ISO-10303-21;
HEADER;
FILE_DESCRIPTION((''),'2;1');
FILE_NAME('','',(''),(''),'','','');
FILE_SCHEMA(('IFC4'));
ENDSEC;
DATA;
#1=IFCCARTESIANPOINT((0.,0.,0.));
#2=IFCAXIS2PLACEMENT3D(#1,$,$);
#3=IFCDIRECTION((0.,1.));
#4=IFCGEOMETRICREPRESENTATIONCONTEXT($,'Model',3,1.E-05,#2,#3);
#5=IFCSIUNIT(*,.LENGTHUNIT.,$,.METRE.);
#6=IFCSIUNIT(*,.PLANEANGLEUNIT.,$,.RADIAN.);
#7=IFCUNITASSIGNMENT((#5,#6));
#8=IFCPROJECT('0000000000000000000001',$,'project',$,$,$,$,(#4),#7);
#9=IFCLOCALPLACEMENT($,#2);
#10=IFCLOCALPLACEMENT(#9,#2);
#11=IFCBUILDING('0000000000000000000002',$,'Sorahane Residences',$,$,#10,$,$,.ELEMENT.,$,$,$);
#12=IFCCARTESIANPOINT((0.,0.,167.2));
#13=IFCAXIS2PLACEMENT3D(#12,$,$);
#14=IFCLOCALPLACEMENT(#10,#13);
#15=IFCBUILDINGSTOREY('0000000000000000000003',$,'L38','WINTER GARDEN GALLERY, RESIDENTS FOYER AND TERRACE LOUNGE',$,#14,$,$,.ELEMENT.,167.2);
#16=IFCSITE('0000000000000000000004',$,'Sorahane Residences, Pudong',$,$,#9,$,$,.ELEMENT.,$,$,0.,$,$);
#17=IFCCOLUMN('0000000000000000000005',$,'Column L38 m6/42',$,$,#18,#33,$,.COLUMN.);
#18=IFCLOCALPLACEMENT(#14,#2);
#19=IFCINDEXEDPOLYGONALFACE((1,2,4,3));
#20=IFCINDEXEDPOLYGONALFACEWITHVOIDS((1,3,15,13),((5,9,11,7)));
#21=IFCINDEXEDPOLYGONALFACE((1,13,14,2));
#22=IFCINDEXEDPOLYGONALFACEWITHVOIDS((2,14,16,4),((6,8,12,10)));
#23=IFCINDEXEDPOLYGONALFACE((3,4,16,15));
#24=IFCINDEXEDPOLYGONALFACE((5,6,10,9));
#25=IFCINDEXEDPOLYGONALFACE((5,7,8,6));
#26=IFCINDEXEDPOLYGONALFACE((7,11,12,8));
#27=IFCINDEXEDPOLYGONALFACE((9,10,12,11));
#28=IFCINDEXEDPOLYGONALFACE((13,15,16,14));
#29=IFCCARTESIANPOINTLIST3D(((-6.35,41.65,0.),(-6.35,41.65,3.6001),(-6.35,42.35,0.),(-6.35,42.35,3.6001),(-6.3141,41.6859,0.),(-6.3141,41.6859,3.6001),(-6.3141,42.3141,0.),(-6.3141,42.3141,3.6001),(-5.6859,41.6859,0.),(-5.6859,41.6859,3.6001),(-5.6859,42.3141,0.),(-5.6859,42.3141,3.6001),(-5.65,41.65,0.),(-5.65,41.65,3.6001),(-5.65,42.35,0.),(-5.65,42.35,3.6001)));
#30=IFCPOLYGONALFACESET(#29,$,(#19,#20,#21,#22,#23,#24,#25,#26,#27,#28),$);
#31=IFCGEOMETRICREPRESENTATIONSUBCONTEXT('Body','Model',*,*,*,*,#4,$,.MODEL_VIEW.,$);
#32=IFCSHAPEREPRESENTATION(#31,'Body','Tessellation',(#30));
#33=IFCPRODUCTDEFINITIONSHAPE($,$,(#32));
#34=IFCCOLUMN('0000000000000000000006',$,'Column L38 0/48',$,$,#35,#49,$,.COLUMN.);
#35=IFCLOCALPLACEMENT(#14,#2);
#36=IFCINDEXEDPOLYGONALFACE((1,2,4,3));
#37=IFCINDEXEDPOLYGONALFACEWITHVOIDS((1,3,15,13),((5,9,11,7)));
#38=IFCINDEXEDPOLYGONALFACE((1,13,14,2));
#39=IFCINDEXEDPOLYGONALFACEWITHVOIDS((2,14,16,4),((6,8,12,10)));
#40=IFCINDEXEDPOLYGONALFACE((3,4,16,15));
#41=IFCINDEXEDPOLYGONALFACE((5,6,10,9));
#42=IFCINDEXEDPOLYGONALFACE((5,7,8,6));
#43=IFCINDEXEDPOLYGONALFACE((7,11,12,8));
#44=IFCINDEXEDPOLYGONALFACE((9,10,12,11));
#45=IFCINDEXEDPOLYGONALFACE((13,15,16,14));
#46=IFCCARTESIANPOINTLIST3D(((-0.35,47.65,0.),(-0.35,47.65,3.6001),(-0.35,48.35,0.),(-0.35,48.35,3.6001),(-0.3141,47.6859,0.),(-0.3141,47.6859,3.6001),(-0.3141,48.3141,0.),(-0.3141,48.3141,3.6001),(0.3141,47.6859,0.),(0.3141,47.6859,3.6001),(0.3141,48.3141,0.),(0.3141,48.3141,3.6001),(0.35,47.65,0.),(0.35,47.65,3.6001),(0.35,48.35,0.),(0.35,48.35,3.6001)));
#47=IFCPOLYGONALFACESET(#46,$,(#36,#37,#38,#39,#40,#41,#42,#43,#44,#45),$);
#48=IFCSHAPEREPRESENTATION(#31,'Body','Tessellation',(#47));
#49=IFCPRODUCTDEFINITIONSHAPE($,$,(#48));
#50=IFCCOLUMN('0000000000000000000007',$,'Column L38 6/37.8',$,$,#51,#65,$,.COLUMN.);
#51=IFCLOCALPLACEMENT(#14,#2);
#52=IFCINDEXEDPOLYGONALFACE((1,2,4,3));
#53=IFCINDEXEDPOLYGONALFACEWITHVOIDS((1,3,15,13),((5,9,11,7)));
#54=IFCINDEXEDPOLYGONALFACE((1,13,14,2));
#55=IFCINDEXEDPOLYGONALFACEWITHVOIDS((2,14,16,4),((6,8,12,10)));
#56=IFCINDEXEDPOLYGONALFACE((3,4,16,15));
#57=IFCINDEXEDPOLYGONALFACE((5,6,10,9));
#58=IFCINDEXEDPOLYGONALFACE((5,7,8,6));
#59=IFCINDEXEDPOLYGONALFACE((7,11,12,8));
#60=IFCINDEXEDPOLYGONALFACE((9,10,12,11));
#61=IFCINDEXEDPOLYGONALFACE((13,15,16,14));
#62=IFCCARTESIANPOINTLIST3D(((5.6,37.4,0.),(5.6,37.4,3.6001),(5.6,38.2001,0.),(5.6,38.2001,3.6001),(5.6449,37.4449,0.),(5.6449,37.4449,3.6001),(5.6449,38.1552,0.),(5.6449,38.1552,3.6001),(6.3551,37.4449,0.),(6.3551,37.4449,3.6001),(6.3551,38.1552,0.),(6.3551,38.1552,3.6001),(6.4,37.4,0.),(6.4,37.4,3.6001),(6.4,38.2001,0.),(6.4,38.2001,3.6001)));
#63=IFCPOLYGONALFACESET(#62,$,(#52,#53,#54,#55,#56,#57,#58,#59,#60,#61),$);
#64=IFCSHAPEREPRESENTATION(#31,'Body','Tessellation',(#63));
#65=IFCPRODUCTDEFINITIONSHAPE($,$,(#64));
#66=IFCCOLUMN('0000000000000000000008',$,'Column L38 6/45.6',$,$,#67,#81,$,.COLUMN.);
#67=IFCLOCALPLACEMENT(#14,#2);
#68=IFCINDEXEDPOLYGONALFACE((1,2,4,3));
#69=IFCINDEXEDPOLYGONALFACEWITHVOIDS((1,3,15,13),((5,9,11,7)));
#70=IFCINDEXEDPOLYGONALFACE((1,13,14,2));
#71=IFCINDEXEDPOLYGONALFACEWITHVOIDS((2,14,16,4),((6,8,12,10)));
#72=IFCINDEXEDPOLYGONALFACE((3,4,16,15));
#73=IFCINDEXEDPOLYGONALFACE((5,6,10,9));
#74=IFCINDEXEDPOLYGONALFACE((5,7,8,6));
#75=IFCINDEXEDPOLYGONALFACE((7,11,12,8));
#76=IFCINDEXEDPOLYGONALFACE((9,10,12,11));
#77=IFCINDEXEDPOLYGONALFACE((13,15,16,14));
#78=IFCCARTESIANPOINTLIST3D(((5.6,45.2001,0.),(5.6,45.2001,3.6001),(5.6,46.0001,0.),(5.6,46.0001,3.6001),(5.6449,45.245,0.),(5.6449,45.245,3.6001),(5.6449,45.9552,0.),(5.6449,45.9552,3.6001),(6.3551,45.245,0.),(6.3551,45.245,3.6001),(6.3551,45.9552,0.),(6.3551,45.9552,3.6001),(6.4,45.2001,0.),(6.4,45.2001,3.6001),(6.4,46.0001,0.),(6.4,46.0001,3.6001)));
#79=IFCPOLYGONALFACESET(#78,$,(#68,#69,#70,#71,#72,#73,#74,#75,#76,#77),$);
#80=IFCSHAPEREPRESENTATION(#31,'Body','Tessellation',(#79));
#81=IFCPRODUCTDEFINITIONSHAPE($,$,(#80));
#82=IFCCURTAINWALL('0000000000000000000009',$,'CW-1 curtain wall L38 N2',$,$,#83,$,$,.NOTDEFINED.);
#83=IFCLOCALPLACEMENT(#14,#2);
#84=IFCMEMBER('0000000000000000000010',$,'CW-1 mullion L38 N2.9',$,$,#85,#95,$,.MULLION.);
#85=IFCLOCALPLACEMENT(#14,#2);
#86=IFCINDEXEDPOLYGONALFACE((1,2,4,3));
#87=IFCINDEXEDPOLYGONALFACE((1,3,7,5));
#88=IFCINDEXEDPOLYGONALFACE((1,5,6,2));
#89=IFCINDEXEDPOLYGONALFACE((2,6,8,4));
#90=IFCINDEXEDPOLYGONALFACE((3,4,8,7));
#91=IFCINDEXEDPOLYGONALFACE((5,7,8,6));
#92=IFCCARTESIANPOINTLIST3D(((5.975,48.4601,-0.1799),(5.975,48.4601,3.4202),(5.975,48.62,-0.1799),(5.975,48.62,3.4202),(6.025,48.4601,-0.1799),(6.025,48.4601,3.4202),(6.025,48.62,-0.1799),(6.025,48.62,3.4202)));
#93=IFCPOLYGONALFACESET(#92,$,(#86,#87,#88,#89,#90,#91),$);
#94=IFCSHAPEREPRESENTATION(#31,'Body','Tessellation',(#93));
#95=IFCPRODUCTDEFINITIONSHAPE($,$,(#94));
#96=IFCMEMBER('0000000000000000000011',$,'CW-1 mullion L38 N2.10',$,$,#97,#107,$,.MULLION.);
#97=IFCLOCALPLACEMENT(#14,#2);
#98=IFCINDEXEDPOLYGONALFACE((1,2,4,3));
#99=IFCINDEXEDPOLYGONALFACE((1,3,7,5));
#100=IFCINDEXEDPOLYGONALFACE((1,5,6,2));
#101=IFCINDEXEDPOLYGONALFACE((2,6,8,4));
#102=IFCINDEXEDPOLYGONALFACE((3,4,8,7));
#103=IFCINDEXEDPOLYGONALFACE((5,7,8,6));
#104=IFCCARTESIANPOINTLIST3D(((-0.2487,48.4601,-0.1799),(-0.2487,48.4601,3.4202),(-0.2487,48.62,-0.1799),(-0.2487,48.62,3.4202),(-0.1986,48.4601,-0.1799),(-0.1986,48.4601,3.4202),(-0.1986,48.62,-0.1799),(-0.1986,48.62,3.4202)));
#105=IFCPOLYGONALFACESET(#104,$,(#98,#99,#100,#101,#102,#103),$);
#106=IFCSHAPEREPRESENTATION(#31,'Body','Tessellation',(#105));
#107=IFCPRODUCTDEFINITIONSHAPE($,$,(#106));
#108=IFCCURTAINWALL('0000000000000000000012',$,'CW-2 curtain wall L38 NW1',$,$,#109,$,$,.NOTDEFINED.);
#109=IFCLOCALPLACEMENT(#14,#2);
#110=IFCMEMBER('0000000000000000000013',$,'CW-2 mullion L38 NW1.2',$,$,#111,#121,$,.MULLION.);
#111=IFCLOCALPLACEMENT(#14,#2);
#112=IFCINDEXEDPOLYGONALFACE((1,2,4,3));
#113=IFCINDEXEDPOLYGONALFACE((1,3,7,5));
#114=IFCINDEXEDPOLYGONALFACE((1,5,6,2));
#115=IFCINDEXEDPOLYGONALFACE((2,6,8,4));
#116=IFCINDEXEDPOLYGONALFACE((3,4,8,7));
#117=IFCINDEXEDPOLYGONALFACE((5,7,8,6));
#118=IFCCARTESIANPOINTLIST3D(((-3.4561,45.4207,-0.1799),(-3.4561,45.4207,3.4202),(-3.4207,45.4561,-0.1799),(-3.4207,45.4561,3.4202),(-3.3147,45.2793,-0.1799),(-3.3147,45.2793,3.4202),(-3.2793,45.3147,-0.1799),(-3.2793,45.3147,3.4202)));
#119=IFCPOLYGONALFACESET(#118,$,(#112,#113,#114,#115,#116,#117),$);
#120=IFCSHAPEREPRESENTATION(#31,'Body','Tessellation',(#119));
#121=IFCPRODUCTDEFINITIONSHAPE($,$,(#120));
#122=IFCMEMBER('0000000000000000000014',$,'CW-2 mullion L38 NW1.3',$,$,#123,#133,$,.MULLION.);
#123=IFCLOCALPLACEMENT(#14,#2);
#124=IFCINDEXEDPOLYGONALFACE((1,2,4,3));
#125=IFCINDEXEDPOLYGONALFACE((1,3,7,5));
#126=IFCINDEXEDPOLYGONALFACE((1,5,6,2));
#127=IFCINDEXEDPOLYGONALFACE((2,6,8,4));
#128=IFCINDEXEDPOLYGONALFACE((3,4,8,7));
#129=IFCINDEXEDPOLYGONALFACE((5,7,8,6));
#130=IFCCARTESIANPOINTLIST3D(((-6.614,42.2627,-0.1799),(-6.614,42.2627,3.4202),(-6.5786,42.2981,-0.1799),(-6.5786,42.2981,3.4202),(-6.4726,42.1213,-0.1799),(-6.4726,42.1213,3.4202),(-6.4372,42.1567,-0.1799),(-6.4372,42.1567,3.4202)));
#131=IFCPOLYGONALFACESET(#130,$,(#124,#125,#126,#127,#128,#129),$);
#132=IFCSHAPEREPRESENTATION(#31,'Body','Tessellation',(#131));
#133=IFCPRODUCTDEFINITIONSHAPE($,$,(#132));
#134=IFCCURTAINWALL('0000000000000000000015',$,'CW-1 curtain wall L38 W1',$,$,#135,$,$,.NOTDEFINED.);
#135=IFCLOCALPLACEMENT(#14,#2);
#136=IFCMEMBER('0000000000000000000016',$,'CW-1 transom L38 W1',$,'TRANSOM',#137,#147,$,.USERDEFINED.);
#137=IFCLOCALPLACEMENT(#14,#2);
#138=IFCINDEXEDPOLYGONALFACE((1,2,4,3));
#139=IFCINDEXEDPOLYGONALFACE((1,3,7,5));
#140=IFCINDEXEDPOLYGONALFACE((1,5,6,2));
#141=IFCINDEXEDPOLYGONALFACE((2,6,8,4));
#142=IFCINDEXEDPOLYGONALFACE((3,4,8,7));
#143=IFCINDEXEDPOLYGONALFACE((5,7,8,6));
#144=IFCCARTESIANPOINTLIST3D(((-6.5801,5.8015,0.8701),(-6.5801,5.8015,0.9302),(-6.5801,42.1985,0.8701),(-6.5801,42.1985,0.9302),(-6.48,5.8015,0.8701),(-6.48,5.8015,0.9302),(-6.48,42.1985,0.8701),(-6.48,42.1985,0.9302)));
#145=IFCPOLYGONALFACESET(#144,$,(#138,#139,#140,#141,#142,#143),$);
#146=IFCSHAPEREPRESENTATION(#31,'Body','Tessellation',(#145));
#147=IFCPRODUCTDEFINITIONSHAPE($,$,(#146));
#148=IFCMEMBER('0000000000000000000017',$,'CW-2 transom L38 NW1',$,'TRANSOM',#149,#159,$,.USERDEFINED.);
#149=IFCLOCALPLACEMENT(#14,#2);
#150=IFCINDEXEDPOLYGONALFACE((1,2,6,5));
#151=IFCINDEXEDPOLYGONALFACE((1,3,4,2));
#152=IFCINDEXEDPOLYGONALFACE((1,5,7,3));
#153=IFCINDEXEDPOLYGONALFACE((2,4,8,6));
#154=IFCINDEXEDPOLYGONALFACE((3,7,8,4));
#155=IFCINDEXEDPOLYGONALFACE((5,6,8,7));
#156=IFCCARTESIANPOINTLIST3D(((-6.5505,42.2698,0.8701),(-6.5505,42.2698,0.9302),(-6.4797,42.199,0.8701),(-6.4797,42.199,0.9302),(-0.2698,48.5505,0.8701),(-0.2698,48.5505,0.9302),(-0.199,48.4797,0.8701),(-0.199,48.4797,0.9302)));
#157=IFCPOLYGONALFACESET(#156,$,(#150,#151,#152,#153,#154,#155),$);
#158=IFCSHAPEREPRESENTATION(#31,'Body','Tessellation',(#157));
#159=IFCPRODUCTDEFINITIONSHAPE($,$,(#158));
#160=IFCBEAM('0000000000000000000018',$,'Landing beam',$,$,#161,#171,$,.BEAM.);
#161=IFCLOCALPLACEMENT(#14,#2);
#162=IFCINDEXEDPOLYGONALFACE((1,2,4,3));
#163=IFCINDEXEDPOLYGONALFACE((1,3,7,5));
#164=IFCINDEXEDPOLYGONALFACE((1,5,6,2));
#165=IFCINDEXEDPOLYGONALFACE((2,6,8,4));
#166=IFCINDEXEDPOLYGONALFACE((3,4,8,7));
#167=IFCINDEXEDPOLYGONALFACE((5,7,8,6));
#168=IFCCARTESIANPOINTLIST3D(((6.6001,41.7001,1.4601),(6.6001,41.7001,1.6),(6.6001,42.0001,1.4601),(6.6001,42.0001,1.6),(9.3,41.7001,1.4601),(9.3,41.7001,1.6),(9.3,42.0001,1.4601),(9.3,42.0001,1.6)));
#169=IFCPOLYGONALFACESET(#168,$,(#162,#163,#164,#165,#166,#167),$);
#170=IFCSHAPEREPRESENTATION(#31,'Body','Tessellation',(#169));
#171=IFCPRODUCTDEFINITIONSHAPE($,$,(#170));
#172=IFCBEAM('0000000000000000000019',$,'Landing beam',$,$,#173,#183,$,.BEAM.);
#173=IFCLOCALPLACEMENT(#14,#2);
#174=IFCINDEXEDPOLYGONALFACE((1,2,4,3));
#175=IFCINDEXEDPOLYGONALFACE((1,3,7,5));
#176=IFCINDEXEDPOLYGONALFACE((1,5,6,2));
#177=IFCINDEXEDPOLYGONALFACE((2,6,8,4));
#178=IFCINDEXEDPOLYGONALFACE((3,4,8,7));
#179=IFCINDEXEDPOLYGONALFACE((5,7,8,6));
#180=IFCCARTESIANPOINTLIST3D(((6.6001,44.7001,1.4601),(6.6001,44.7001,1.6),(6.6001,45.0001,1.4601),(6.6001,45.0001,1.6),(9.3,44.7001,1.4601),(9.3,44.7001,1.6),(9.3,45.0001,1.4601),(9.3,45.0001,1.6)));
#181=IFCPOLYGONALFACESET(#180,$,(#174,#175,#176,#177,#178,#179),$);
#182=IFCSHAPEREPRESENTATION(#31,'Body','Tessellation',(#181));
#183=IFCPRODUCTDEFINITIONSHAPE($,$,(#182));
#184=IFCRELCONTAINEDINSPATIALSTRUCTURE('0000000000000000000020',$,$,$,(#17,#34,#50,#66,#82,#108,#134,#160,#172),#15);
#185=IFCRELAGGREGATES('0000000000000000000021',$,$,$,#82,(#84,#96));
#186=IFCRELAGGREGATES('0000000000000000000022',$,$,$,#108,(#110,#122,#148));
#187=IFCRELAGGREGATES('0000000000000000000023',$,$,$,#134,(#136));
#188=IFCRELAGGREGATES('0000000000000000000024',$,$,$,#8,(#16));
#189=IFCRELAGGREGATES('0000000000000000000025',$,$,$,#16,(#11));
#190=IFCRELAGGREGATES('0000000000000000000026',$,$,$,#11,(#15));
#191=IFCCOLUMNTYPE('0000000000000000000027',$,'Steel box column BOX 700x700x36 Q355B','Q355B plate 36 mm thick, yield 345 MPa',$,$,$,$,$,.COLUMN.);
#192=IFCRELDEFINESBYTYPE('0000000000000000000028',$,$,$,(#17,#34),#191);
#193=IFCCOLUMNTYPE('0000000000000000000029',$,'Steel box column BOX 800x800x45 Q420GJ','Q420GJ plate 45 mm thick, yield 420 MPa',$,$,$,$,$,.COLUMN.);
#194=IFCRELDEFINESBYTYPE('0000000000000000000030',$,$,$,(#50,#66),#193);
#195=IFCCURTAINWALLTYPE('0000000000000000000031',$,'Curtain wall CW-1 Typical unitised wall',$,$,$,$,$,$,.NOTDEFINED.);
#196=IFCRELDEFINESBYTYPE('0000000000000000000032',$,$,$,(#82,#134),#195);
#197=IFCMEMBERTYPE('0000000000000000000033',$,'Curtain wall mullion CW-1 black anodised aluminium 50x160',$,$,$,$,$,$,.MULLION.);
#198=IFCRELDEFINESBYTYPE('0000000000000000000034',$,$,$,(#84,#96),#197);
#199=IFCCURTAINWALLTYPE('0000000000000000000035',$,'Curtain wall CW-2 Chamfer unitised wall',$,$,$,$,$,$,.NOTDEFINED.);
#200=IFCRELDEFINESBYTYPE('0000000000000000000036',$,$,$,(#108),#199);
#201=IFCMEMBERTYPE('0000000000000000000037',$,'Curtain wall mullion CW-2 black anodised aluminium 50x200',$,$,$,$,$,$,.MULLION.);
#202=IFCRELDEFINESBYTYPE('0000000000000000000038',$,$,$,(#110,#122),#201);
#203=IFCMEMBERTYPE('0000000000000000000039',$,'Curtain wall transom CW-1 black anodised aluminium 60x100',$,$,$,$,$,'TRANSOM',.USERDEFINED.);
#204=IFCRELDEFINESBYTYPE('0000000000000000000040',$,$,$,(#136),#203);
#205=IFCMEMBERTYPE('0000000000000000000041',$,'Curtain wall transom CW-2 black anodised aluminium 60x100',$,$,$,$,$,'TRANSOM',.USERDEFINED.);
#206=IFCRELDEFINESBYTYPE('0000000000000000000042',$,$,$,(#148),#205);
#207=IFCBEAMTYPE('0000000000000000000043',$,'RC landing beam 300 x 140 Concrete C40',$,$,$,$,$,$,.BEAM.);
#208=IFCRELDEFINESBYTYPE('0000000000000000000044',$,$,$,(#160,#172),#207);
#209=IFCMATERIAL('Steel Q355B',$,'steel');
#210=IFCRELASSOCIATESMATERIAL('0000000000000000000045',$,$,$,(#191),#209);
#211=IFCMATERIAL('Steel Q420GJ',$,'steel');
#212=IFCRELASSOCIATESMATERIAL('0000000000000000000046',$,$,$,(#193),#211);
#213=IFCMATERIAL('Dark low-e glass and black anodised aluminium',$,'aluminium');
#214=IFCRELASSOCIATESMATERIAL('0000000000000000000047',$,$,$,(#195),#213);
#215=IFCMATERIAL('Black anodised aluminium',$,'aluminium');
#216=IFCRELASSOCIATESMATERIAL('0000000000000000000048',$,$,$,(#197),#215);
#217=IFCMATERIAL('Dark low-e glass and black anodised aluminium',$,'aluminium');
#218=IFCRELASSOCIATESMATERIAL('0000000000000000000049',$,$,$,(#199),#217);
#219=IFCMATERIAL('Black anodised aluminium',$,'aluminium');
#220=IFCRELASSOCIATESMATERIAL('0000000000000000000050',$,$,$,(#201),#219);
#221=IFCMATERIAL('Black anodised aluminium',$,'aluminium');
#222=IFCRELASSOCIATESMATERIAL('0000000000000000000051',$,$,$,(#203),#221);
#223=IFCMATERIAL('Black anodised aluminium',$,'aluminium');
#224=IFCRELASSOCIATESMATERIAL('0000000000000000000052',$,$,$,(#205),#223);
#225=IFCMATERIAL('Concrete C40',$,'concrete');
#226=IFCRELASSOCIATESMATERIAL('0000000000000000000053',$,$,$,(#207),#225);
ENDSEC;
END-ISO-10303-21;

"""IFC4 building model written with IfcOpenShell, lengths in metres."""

from ifc_helpers import new_model, si_unit, direction, frame, origin, origin_2d, place, context, subcontext, project, spatial, rectangle, hollow_rectangle, extrude, material, material_profile, profile_set, type_object, element, aggregate, save


model = new_model("IFC4")

# Units and contexts
model_context = context("Model", 3, precision=1e-05, world=origin(), true_north=direction((0.0, 1.0)))
body_context = subcontext(model_context, "Body", "Model", "MODEL_VIEW")
ifc_project = project(units=[si_unit("LENGTHUNIT", "METRE"), si_unit("PLANEANGLEUNIT", "RADIAN")], contexts=[model_context])

# Site, building, storey
site_placement = place(None, origin())
site = spatial("IfcSite", under=ifc_project, at=site_placement, Name="Sorahane Residences, Pudong", CompositionType="ELEMENT", RefElevation=0.0)
building_placement = place(site_placement, origin())
building = spatial("IfcBuilding", under=site, at=building_placement, Name="Sorahane Residences", CompositionType="ELEMENT")
storey_placement = place(building_placement, frame((0.0, 0.0, 167.2)))
storey = spatial("IfcBuildingStorey", under=building, at=storey_placement, Name="L38", Description="WINTER GARDEN GALLERY, RESIDENTS FOYER AND TERRACE LOUNGE", CompositionType="ELEMENT", Elevation=167.2)

# Columns
ifc_material_1 = material(Name="Steel Q355B", Category="steel")
ifc_material_profile_1 = material_profile(ifc_material_1, hollow_rectangle(XDim=0.7, YDim=0.7, WallThickness=0.0359, at=origin_2d()), Name="BOX 700x700x36")
ifc_profile_set_1 = profile_set([ifc_material_profile_1], Name="Steel Q355B")
column_type_1 = type_object("IfcColumnType", Name="Steel box column BOX 700x700x36 Q355B", Description="Q355B plate 36 mm thick, yield 345 MPa", PredefinedType="COLUMN", material=ifc_profile_set_1)
for number, where, z_axis, x_axis, name in (
    (1, (-6.0, 42.0, 0.0), (0.0, 0.0, 1.0), (1.0, 0.0, 0.0), "Column L38 m6/42"),
    (2, (0.0, 48.0, 0.0), (0.0, 0.0, 1.0), (1.0, 0.0, 0.0), "Column L38 0/48"),
):
    element("IfcColumn", number, at=place(storey_placement, frame(where, z_axis=z_axis, x_axis=x_axis)), inside=storey, type_object=column_type_1, Name=name, PredefinedType="COLUMN", context=body_context, shape_type="SweptSolid", body=[
        extrude(hollow_rectangle(XDim=0.7, YDim=0.7, WallThickness=0.0359, at=origin_2d()), origin(), (0.0, 0.0, 1.0), 3.6001),
    ])
ifc_material_2 = material(Name="Steel Q420GJ", Category="steel")
ifc_material_profile_2 = material_profile(ifc_material_2, hollow_rectangle(XDim=0.8, YDim=0.8, WallThickness=0.0449, at=origin_2d()), Name="BOX 800x800x45")
ifc_profile_set_2 = profile_set([ifc_material_profile_2], Name="Steel Q420GJ")
column_type_2 = type_object("IfcColumnType", Name="Steel box column BOX 800x800x45 Q420GJ", Description="Q420GJ plate 45 mm thick, yield 420 MPa", PredefinedType="COLUMN", material=ifc_profile_set_2)
for number, where, z_axis, x_axis, name in (
    (3, (6.0, 37.8, 0.0), (0.0, 0.0, 1.0), (1.0, 0.0, 0.0), "Column L38 6/37.8"),
    (4, (6.0, 45.6001, 0.0), (0.0, 0.0, 1.0), (1.0, 0.0, 0.0), "Column L38 6/45.6"),
):
    element("IfcColumn", number, at=place(storey_placement, frame(where, z_axis=z_axis, x_axis=x_axis)), inside=storey, type_object=column_type_2, Name=name, PredefinedType="COLUMN", context=body_context, shape_type="SweptSolid", body=[
        extrude(hollow_rectangle(XDim=0.8, YDim=0.8, WallThickness=0.0449, at=origin_2d()), origin(), (0.0, 0.0, 1.0), 3.6001),
    ])

# Curtain walls, members
ifc_material_3 = material(Name="Dark low-e glass and black anodised aluminium", Category="aluminium")
curtain_wall_type_1 = type_object("IfcCurtainWallType", Name="Curtain wall CW-1 Typical unitised wall", PredefinedType="NOTDEFINED", material=ifc_material_3)
curtain_wall_1_placement = place(storey_placement, origin())
curtain_wall_1 = element("IfcCurtainWall", 5, at=curtain_wall_1_placement, inside=storey, type_object=curtain_wall_type_1, Name="CW-1 curtain wall L38 N2", PredefinedType="NOTDEFINED")
ifc_material_4 = material(Name="Black anodised aluminium", Category="aluminium")
ifc_material_profile_3 = material_profile(ifc_material_4, rectangle(XDim=0.1599, YDim=0.05, at=origin_2d()), Name="Curtain wall mullion CW-1 black anodised aluminium 50x160")
ifc_profile_set_3 = profile_set([ifc_material_profile_3], Name="Black anodised aluminium")
member_type_1 = type_object("IfcMemberType", Name="Curtain wall mullion CW-1 black anodised aluminium 50x160", PredefinedType="MULLION", material=ifc_profile_set_3)
member_1_placement = place(storey_placement, frame((6.0, 48.54, -0.1799), z_axis=(0.0, 0.0, 1.0), x_axis=(0.0, 1.0, 0.0)))
member_1 = element("IfcMember", 6, at=member_1_placement, type_object=member_type_1, Name="CW-1 mullion L38 N2.9", PredefinedType="MULLION", context=body_context, shape_type="SweptSolid", body=[
    extrude(rectangle(XDim=0.1599, YDim=0.05, at=origin_2d()), origin(), (0.0, 0.0, 1.0), 3.6001),
])
member_2_placement = place(storey_placement, frame((-0.2236, 48.54, -0.1799), z_axis=(0.0, 0.0, 1.0), x_axis=(0.0, 1.0, 0.0)))
member_2 = element("IfcMember", 7, at=member_2_placement, type_object=member_type_1, Name="CW-1 mullion L38 N2.10", PredefinedType="MULLION", context=body_context, shape_type="SweptSolid", body=[
    extrude(rectangle(XDim=0.1599, YDim=0.05, at=origin_2d()), origin(), (0.0, 0.0, 1.0), 3.6001),
])
ifc_material_5 = material(Name="Dark low-e glass and black anodised aluminium", Category="aluminium")
curtain_wall_type_2 = type_object("IfcCurtainWallType", Name="Curtain wall CW-2 Chamfer unitised wall", PredefinedType="NOTDEFINED", material=ifc_material_5)
curtain_wall_2_placement = place(storey_placement, origin())
curtain_wall_2 = element("IfcCurtainWall", 8, at=curtain_wall_2_placement, inside=storey, type_object=curtain_wall_type_2, Name="CW-2 curtain wall L38 NW1", PredefinedType="NOTDEFINED")
ifc_material_6 = material(Name="Black anodised aluminium", Category="aluminium")
ifc_material_profile_4 = material_profile(ifc_material_6, rectangle(XDim=0.2, YDim=0.05, at=origin_2d()), Name="Curtain wall mullion CW-2 black anodised aluminium 50x200")
ifc_profile_set_4 = profile_set([ifc_material_profile_4], Name="Black anodised aluminium")
member_type_2 = type_object("IfcMemberType", Name="Curtain wall mullion CW-2 black anodised aluminium 50x200", PredefinedType="MULLION", material=ifc_profile_set_4)
member_3_placement = place(storey_placement, frame((-3.3677, 45.3677, -0.1799), z_axis=(0.0, 0.0, 1.0), x_axis=(-0.707107, 0.707107, 0.0)))
member_3 = element("IfcMember", 9, at=member_3_placement, type_object=member_type_2, Name="CW-2 mullion L38 NW1.2", PredefinedType="MULLION", context=body_context, shape_type="SweptSolid", body=[
    extrude(rectangle(XDim=0.2, YDim=0.05, at=origin_2d()), origin(), (0.0, 0.0, 1.0), 3.6001),
])
member_4_placement = place(storey_placement, frame((-6.5256, 42.2097, -0.1799), z_axis=(0.0, 0.0, 1.0), x_axis=(-0.707107, 0.707107, 0.0)))
member_4 = element("IfcMember", 10, at=member_4_placement, type_object=member_type_2, Name="CW-2 mullion L38 NW1.3", PredefinedType="MULLION", context=body_context, shape_type="SweptSolid", body=[
    extrude(rectangle(XDim=0.2, YDim=0.05, at=origin_2d()), origin(), (0.0, 0.0, 1.0), 3.6001),
])

# Curtain wall, member
curtain_wall_3_placement = place(storey_placement, origin())
curtain_wall_3 = element("IfcCurtainWall", 11, at=curtain_wall_3_placement, inside=storey, type_object=curtain_wall_type_1, Name="CW-1 curtain wall L38 W1", PredefinedType="NOTDEFINED")
ifc_material_7 = material(Name="Black anodised aluminium", Category="aluminium")
ifc_material_profile_5 = material_profile(ifc_material_7, rectangle(XDim=0.1001, YDim=0.0601, at=origin_2d()), Name="Curtain wall transom CW-1 black anodised aluminium 60x100")
ifc_profile_set_5 = profile_set([ifc_material_profile_5], Name="Black anodised aluminium")
member_type_3 = type_object("IfcMemberType", Name="Curtain wall transom CW-1 black anodised aluminium 60x100", ElementType="TRANSOM", PredefinedType="USERDEFINED", material=ifc_profile_set_5)
member_5_placement = place(storey_placement, frame((-6.53, 42.1985, 0.9001), z_axis=(0.0, -1.0, 0.0), x_axis=(1.0, 0.0, 0.0)))
member_5 = element("IfcMember", 12, at=member_5_placement, type_object=member_type_3, Name="CW-1 transom L38 W1", ObjectType="TRANSOM", PredefinedType="USERDEFINED", context=body_context, shape_type="SweptSolid", body=[
    extrude(rectangle(XDim=0.1001, YDim=0.0601, at=origin_2d()), origin(), (0.0, 0.0, 1.0), 36.397),
])

# Member
ifc_material_8 = material(Name="Black anodised aluminium", Category="aluminium")
ifc_material_profile_6 = material_profile(ifc_material_8, rectangle(XDim=0.1001, YDim=0.0601, at=origin_2d()), Name="Curtain wall transom CW-2 black anodised aluminium 60x100")
ifc_profile_set_6 = profile_set([ifc_material_profile_6], Name="Black anodised aluminium")
member_type_4 = type_object("IfcMemberType", Name="Curtain wall transom CW-2 black anodised aluminium 60x100", ElementType="TRANSOM", PredefinedType="USERDEFINED", material=ifc_profile_set_6)
member_6_placement = place(storey_placement, frame((-0.2344, 48.5151, 0.9001), z_axis=(-0.707107, -0.707107, 0.0), x_axis=(0.707107, -0.707107, 0.0)))
member_6 = element("IfcMember", 13, at=member_6_placement, type_object=member_type_4, Name="CW-2 transom L38 NW1", ObjectType="TRANSOM", PredefinedType="USERDEFINED", context=body_context, shape_type="SweptSolid", body=[
    extrude(rectangle(XDim=0.1001, YDim=0.0601, at=origin_2d()), origin(), (0.0, 0.0, 1.0), 8.8823),
])

# Beams
ifc_material_9 = material(Name="Concrete C40", Category="concrete")
ifc_material_profile_7 = material_profile(ifc_material_9, rectangle(XDim=0.3, YDim=0.1399, at=origin_2d()), Name="300x140")
ifc_profile_set_7 = profile_set([ifc_material_profile_7], Name="Concrete C40")
beam_type_1 = type_object("IfcBeamType", Name="RC landing beam 300 x 140 Concrete C40", PredefinedType="BEAM", material=ifc_profile_set_7)
for number, where, z_axis, x_axis, name in (
    (14, (6.6001, 41.8501, 1.53), (1.0, 0.0, 0.0), (0.0, 1.0, 0.0), "Landing beam"),
    (15, (6.6001, 44.8501, 1.53), (1.0, 0.0, 0.0), (0.0, 1.0, 0.0), "Landing beam"),
):
    element("IfcBeam", number, at=place(storey_placement, frame(where, z_axis=z_axis, x_axis=x_axis)), inside=storey, type_object=beam_type_1, Name=name, PredefinedType="BEAM", context=body_context, shape_type="SweptSolid", body=[
        extrude(rectangle(XDim=0.3, YDim=0.1399, at=origin_2d()), origin(), (0.0, 0.0, 1.0), 2.7),
    ])

aggregate(curtain_wall_1, [member_1, member_2])
aggregate(curtain_wall_2, [member_3, member_4, member_6])
aggregate(curtain_wall_3, [member_5])

save(model, "model.ifc")
